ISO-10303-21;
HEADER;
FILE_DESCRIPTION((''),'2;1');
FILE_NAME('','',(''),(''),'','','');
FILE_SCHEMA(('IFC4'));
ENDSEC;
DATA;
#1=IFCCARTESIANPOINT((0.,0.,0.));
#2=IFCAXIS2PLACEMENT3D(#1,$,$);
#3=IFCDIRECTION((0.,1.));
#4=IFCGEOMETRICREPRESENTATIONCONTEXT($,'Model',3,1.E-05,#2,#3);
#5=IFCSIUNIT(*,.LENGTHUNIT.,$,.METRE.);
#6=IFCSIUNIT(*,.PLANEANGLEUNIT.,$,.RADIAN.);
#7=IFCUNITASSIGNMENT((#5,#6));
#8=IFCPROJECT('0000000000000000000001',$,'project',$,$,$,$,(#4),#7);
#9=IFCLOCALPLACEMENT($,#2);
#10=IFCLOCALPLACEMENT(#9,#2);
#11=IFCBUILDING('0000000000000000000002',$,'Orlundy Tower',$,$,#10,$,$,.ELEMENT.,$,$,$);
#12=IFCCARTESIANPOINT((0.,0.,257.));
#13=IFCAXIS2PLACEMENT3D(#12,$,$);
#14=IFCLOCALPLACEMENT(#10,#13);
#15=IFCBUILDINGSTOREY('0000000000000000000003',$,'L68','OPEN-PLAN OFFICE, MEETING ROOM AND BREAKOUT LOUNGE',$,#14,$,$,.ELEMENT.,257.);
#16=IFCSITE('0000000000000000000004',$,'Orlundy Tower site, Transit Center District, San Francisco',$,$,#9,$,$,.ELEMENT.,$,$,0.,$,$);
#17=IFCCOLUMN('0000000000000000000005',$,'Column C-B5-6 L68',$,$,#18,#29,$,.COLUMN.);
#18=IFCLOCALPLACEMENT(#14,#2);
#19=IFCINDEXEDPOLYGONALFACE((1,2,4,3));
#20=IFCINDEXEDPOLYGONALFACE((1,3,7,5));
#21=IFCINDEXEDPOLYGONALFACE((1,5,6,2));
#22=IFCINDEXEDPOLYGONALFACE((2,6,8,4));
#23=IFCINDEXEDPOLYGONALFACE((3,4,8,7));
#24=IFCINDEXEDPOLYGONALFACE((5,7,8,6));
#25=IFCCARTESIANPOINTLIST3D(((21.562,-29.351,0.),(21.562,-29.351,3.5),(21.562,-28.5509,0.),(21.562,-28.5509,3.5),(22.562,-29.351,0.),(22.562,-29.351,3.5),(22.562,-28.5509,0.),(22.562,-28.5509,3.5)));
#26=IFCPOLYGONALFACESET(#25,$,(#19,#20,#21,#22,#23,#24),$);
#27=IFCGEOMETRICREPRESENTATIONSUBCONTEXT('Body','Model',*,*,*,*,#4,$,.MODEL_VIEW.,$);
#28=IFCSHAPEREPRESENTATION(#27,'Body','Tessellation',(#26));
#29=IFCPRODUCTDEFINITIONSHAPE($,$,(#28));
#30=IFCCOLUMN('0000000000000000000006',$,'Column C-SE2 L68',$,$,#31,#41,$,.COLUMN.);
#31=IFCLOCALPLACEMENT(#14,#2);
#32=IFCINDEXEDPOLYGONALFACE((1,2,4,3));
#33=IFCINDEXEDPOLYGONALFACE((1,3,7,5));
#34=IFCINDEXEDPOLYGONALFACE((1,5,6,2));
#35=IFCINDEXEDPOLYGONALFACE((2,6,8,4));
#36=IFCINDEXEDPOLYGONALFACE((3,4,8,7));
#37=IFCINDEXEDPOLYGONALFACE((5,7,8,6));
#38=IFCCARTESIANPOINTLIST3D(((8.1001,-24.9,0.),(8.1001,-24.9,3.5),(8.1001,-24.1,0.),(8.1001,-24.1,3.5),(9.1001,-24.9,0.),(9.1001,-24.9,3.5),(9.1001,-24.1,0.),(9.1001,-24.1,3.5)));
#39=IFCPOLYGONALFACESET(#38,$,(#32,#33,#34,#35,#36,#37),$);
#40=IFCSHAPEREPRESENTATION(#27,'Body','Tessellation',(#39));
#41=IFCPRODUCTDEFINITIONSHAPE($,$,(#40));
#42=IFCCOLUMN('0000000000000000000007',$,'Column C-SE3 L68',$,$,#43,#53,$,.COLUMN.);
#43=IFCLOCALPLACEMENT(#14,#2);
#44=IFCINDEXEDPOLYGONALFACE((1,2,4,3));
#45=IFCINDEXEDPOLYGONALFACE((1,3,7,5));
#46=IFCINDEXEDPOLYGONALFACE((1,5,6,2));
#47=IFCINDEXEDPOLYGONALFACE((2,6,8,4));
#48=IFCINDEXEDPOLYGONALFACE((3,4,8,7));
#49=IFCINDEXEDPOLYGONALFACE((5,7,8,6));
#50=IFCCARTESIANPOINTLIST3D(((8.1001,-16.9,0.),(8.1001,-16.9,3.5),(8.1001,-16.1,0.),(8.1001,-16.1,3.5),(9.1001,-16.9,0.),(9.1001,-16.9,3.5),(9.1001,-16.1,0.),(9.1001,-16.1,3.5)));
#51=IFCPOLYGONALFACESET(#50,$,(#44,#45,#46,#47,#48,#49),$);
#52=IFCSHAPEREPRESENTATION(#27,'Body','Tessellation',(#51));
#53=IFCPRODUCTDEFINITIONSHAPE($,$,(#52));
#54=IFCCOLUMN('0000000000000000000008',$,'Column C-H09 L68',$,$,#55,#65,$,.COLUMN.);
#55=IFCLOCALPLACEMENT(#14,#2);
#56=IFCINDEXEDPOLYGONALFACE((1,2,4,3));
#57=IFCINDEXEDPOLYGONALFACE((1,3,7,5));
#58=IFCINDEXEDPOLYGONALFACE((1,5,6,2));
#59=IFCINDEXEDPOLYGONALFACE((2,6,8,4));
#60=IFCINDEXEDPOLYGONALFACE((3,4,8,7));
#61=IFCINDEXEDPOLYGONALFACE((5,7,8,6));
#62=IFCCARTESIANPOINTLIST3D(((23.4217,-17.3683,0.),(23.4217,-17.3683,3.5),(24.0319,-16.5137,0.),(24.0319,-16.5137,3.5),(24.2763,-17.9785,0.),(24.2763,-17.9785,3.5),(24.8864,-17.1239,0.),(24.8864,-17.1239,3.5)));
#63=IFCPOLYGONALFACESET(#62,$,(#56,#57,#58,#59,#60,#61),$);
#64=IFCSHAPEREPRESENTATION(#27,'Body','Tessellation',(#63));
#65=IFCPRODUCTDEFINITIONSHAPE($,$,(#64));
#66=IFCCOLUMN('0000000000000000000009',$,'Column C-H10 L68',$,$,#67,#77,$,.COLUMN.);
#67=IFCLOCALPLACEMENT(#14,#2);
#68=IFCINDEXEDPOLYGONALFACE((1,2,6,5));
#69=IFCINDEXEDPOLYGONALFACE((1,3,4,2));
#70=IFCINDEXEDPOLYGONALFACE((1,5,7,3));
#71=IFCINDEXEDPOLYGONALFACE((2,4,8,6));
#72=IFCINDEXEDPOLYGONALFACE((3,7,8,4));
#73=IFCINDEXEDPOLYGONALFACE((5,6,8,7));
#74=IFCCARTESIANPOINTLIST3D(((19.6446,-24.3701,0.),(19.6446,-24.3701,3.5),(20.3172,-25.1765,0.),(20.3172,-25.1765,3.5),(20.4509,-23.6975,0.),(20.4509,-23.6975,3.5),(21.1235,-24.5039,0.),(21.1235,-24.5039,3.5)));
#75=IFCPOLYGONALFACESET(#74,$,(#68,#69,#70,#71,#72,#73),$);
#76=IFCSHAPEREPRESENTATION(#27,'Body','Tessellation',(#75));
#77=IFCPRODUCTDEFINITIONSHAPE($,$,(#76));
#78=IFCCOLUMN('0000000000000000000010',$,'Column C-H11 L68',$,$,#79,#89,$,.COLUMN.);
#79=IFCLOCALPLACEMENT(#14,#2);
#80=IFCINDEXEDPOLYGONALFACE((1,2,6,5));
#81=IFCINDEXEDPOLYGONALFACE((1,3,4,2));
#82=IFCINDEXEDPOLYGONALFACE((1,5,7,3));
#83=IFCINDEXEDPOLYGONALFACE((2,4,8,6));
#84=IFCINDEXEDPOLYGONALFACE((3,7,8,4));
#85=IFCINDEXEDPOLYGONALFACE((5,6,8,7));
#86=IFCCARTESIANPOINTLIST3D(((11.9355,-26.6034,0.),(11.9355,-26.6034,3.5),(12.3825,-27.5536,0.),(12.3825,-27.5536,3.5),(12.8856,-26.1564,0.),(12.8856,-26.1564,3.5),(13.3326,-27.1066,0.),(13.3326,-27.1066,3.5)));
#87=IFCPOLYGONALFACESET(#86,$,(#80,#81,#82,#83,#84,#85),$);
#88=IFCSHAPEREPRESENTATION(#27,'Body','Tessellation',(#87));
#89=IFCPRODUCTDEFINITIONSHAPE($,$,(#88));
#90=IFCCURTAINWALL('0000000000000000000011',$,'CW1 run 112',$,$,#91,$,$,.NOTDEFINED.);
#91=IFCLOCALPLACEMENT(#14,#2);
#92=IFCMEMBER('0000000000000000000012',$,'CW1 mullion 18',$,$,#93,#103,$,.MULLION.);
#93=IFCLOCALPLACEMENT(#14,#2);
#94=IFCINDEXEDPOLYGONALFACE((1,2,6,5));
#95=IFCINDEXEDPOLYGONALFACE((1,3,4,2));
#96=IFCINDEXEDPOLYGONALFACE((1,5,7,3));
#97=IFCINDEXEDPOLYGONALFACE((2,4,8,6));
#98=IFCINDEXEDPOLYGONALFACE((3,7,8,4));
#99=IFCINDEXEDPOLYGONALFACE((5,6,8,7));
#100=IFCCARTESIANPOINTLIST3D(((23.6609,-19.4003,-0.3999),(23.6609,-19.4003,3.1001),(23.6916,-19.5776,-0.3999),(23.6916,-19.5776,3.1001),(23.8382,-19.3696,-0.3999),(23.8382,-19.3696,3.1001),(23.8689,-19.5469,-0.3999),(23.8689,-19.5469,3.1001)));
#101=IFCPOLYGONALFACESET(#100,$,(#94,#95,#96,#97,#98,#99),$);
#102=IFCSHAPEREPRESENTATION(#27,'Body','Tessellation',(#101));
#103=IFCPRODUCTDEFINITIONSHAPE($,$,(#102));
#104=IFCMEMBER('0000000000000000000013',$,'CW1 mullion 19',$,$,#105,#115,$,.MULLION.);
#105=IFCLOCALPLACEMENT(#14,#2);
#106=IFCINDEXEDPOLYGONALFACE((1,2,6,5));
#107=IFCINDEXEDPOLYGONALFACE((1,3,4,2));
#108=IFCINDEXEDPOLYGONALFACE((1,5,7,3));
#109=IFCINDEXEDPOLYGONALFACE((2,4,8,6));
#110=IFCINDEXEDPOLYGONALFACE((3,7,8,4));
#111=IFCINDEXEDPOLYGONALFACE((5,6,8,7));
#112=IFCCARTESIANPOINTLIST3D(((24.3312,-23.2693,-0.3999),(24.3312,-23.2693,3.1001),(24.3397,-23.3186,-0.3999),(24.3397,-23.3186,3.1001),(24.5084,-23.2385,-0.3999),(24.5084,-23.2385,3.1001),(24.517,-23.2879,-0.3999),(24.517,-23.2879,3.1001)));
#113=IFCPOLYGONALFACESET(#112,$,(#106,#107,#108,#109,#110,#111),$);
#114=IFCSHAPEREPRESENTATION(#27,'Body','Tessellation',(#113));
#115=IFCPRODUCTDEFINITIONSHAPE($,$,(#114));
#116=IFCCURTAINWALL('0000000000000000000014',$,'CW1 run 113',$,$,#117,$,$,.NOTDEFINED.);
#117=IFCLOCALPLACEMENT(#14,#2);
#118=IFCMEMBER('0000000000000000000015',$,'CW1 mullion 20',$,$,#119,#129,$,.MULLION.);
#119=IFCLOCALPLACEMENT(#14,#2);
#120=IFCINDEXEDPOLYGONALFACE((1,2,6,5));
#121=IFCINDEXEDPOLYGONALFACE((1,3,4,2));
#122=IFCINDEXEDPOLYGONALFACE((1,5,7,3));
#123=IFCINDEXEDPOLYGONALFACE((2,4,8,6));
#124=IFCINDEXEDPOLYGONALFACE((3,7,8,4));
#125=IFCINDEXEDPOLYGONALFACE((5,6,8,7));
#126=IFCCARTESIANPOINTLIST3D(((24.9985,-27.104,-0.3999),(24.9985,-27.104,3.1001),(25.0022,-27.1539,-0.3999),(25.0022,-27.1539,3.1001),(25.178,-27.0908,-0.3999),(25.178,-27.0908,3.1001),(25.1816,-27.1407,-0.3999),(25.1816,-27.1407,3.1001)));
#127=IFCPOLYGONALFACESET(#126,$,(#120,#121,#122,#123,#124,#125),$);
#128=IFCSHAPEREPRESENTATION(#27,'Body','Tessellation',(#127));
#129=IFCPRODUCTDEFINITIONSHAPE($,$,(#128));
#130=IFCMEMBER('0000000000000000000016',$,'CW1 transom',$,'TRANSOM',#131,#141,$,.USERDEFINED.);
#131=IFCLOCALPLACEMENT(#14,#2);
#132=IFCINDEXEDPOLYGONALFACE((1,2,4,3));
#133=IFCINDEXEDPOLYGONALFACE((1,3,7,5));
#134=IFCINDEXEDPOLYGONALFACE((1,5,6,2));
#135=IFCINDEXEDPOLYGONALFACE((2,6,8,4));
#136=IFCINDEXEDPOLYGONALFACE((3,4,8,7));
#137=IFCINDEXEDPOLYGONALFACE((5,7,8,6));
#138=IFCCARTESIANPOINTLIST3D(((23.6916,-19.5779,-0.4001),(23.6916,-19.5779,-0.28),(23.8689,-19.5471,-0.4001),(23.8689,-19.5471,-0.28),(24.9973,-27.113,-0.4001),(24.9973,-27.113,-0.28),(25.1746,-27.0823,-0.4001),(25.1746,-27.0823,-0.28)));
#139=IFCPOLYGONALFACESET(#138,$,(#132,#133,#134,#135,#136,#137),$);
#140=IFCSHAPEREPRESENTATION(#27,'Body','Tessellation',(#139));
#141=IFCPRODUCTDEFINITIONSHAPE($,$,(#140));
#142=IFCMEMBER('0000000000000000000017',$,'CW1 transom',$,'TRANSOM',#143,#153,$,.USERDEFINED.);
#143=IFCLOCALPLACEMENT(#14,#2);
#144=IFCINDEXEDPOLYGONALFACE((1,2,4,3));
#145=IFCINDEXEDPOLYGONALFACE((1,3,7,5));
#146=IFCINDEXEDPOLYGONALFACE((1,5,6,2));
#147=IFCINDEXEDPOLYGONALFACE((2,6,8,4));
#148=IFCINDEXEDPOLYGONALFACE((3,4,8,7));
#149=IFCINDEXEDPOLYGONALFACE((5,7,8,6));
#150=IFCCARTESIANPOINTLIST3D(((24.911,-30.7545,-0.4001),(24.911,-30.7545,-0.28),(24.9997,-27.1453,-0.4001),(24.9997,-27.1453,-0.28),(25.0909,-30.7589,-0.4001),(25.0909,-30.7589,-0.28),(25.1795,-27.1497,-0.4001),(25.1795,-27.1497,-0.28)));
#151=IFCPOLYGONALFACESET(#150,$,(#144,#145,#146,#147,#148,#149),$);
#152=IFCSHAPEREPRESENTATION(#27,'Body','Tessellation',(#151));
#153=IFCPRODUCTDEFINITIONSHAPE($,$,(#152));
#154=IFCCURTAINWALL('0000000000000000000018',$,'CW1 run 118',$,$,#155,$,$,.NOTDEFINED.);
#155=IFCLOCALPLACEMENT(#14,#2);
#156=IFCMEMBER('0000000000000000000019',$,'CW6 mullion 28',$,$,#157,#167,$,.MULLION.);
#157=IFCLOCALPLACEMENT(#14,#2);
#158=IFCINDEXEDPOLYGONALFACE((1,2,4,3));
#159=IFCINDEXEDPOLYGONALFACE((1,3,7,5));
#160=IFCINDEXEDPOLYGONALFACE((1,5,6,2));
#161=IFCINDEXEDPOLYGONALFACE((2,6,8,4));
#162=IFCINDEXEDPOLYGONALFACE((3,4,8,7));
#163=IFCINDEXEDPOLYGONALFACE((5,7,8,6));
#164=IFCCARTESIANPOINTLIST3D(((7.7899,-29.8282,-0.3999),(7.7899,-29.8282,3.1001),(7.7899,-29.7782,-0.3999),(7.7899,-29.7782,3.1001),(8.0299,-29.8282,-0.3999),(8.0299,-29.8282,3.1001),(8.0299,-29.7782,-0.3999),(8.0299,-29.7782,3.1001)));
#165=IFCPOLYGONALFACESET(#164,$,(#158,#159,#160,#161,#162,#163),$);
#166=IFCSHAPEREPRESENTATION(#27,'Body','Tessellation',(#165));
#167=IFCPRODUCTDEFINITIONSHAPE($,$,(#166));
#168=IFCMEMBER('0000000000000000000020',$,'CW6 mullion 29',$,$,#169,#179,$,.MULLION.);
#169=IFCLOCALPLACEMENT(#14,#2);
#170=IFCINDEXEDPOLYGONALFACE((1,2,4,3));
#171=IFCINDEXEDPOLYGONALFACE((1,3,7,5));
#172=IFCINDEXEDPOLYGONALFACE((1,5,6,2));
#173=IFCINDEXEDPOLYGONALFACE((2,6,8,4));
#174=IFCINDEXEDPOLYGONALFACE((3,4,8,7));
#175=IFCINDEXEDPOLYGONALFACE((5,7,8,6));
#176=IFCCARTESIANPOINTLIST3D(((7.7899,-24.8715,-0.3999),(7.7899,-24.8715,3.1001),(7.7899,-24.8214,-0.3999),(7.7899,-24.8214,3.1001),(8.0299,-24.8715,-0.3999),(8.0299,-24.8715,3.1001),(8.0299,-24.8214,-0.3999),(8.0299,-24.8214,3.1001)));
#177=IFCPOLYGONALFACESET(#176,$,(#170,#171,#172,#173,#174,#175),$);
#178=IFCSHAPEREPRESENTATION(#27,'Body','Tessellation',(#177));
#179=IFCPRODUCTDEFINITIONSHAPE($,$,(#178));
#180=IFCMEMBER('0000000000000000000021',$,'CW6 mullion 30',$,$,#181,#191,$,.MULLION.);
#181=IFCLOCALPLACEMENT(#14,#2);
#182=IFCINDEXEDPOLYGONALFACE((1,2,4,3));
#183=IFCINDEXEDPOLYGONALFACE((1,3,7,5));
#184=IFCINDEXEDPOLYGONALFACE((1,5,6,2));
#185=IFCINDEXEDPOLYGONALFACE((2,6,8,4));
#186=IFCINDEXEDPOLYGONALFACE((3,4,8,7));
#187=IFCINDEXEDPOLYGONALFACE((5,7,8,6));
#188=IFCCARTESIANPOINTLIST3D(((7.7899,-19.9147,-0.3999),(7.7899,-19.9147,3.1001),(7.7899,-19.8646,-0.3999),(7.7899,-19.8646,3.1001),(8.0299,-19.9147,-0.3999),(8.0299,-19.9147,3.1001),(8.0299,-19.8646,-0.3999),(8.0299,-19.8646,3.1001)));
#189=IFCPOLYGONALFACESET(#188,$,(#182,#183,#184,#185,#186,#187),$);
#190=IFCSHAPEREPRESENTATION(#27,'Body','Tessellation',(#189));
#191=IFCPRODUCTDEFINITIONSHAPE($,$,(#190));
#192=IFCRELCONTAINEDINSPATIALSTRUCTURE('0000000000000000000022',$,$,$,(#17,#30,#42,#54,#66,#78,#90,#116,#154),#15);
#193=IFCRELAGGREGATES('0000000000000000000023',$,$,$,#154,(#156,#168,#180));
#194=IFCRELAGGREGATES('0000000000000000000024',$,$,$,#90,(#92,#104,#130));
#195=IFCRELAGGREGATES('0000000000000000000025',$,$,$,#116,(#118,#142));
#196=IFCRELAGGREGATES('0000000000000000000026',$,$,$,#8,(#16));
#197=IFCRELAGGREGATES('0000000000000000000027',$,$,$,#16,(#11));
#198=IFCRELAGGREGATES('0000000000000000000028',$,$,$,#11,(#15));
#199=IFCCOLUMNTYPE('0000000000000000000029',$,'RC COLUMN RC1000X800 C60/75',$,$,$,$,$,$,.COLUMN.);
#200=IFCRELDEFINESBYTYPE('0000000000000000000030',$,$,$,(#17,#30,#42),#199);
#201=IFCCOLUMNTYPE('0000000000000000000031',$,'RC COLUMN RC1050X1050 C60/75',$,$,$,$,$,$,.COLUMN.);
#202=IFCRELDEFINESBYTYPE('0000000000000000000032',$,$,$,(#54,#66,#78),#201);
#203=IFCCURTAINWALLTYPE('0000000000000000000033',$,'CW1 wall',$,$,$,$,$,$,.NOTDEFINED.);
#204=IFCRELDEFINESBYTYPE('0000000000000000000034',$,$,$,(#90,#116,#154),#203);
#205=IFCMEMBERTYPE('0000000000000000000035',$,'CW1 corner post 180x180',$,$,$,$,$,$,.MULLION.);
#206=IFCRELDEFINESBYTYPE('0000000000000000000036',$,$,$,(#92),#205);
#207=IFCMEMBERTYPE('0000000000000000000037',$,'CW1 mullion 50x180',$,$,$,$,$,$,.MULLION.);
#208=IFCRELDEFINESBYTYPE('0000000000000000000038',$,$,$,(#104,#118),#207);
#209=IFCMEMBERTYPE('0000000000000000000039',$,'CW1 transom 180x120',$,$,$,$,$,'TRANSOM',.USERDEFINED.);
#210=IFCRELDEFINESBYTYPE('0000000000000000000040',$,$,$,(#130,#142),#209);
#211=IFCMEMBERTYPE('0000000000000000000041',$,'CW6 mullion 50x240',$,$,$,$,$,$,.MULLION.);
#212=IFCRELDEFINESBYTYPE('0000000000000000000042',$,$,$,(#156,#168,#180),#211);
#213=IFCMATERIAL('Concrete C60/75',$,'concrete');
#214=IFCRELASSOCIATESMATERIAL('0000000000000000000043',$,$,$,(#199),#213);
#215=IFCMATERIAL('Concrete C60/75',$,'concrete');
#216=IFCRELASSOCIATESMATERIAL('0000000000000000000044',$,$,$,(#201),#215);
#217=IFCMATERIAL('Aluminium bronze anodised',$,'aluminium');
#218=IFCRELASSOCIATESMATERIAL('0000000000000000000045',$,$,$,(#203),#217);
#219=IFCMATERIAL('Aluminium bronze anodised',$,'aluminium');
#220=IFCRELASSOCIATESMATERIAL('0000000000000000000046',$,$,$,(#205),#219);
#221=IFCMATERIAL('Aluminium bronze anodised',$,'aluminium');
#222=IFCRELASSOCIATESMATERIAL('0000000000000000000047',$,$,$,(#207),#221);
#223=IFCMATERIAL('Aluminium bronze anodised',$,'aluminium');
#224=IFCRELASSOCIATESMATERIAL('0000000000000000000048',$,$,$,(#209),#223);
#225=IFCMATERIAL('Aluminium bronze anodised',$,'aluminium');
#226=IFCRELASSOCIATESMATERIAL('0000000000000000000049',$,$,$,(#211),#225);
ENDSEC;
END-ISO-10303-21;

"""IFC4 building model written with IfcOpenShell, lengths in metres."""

from ifc_helpers import new_model, si_unit, direction, frame, origin, origin_2d, place, context, subcontext, project, spatial, rectangle, extrude, material, material_profile, profile_set, type_object, element, aggregate, save


model = new_model("IFC4")

# Units and contexts
model_context = context("Model", 3, precision=1e-05, world=origin(), true_north=direction((0.0, 1.0)))
body_context = subcontext(model_context, "Body", "Model", "MODEL_VIEW")
ifc_project = project(units=[si_unit("LENGTHUNIT", "METRE"), si_unit("PLANEANGLEUNIT", "RADIAN")], contexts=[model_context])

# Site, building, storey
site_placement = place(None, origin())
site = spatial("IfcSite", under=ifc_project, at=site_placement, Name="Orlundy Tower site, Transit Center District, San Francisco", CompositionType="ELEMENT", RefElevation=0.0)
building_placement = place(site_placement, origin())
building = spatial("IfcBuilding", under=site, at=building_placement, Name="Orlundy Tower", CompositionType="ELEMENT")
storey_placement = place(building_placement, frame((0.0, 0.0, 257.0)))
storey = spatial("IfcBuildingStorey", under=building, at=storey_placement, Name="L68", Description="OPEN-PLAN OFFICE, MEETING ROOM AND BREAKOUT LOUNGE", CompositionType="ELEMENT", Elevation=257.0)

# Columns
ifc_material_1 = material(Name="Concrete C60/75", Category="concrete")
ifc_material_profile_1 = material_profile(ifc_material_1, rectangle(XDim=1.0, YDim=0.8, at=origin_2d()), Name="RC1000X800")
ifc_profile_set_1 = profile_set([ifc_material_profile_1], Name="Concrete C60/75")
column_type_1 = type_object("IfcColumnType", Name="RC COLUMN RC1000X800 C60/75", PredefinedType="COLUMN", material=ifc_profile_set_1)
for number, where, z_axis, x_axis, name in (
    (1, (22.062, -28.9509, 0.0), (0.0, 0.0, 1.0), (1.0, 0.0, 0.0), "Column C-B5-6 L68"),
    (2, (8.6001, -24.5, 0.0), (0.0, 0.0, 1.0), (1.0, 0.0, 0.0), "Column C-SE2 L68"),
    (3, (8.6001, -16.5, 0.0), (0.0, 0.0, 1.0), (1.0, 0.0, 0.0), "Column C-SE3 L68"),
):
    element("IfcColumn", number, at=place(storey_placement, frame(where, z_axis=z_axis, x_axis=x_axis)), inside=storey, type_object=column_type_1, Name=name, PredefinedType="COLUMN", context=body_context, shape_type="SweptSolid", body=[
        extrude(rectangle(XDim=1.0, YDim=0.8, at=origin_2d()), origin(), (0.0, 0.0, 1.0), 3.5),
    ])
ifc_material_2 = material(Name="Concrete C60/75", Category="concrete")
ifc_material_profile_2 = material_profile(ifc_material_2, rectangle(XDim=1.05, YDim=1.05, at=origin_2d()), Name="RC1050X1050")
ifc_profile_set_2 = profile_set([ifc_material_profile_2], Name="Concrete C60/75")
column_type_2 = type_object("IfcColumnType", Name="RC COLUMN RC1050X1050 C60/75", PredefinedType="COLUMN", material=ifc_profile_set_2)
for number, where, z_axis, x_axis, name in (
    (4, (24.1541, -17.2461, 0.0), (0.0, 0.0, 1.0), (0.813842, -0.581087, 0.0), "Column C-H09 L68"),
    (5, (20.384, -24.437, 0.0), (0.0, 0.0, 1.0), (0.640552, -0.767915, 0.0), "Column C-H10 L68"),
    (6, (12.634, -26.855, 0.0), (0.0, 0.0, 1.0), (0.4257, -0.904864, 0.0), "Column C-H11 L68"),
):
    element("IfcColumn", number, at=place(storey_placement, frame(where, z_axis=z_axis, x_axis=x_axis)), inside=storey, type_object=column_type_2, Name=name, PredefinedType="COLUMN", context=body_context, shape_type="SweptSolid", body=[
        extrude(rectangle(XDim=1.05, YDim=1.05, at=origin_2d()), origin(), (0.0, 0.0, 1.0), 3.5),
    ])

# Curtain wall, members
ifc_material_3 = material(Name="Aluminium bronze anodised", Category="aluminium")
curtain_wall_type = type_object("IfcCurtainWallType", Name="CW1 wall", PredefinedType="NOTDEFINED", material=ifc_material_3)
curtain_wall_1_placement = place(storey_placement, origin())
curtain_wall_1 = element("IfcCurtainWall", 7, at=curtain_wall_1_placement, inside=storey, type_object=curtain_wall_type, Name="CW1 run 112", PredefinedType="NOTDEFINED")
ifc_material_4 = material(Name="Aluminium bronze anodised", Category="aluminium")
ifc_material_profile_3 = material_profile(ifc_material_4, rectangle(XDim=0.1799, YDim=0.1799, at=origin_2d()), Name="CW1 corner post 180x180")
ifc_profile_set_3 = profile_set([ifc_material_profile_3], Name="Aluminium bronze anodised")
member_type_1 = type_object("IfcMemberType", Name="CW1 corner post 180x180", PredefinedType="MULLION", material=ifc_profile_set_3)
member_1_placement = place(storey_placement, frame((23.7649, -19.4736, -0.3999), z_axis=(0.0, 0.0, 1.0), x_axis=(0.985318, 0.170729, 0.0)))
member_1 = element("IfcMember", 8, at=member_1_placement, type_object=member_type_1, Name="CW1 mullion 18", PredefinedType="MULLION", context=body_context, shape_type="SweptSolid", body=[
    extrude(rectangle(XDim=0.1799, YDim=0.1799, at=origin_2d()), origin(), (0.0, 0.0, 1.0), 3.5),
])
ifc_material_5 = material(Name="Aluminium bronze anodised", Category="aluminium")
ifc_material_profile_4 = material_profile(ifc_material_5, rectangle(XDim=0.1799, YDim=0.05, at=origin_2d()), Name="CW1 mullion 50x180")
ifc_profile_set_4 = profile_set([ifc_material_profile_4], Name="Aluminium bronze anodised")
member_type_2 = type_object("IfcMemberType", Name="CW1 mullion 50x180", PredefinedType="MULLION", material=ifc_profile_set_4)
member_2_placement = place(storey_placement, frame((24.4241, -23.2786, -0.3999), z_axis=(0.0, 0.0, 1.0), x_axis=(0.985318, 0.170729, 0.0)))
member_2 = element("IfcMember", 9, at=member_2_placement, type_object=member_type_2, Name="CW1 mullion 19", PredefinedType="MULLION", context=body_context, shape_type="SweptSolid", body=[
    extrude(rectangle(XDim=0.1799, YDim=0.05, at=origin_2d()), origin(), (0.0, 0.0, 1.0), 3.5),
])

# Curtain wall, member
curtain_wall_2_placement = place(storey_placement, origin())
curtain_wall_2 = element("IfcCurtainWall", 10, at=curtain_wall_2_placement, inside=storey, type_object=curtain_wall_type, Name="CW1 run 113", PredefinedType="NOTDEFINED")
member_3_placement = place(storey_placement, frame((25.0901, -27.1223, -0.3999), z_axis=(0.0, 0.0, 1.0), x_axis=(0.9973, 0.07344, 0.0)))
member_3 = element("IfcMember", 11, at=member_3_placement, type_object=member_type_2, Name="CW1 mullion 20", PredefinedType="MULLION", context=body_context, shape_type="SweptSolid", body=[
    extrude(rectangle(XDim=0.1799, YDim=0.05, at=origin_2d()), origin(), (0.0, 0.0, 1.0), 3.5),
])

# Members
ifc_material_6 = material(Name="Aluminium bronze anodised", Category="aluminium")
ifc_material_profile_5 = material_profile(ifc_material_6, rectangle(XDim=0.1799, YDim=0.1201, at=origin_2d()), Name="CW1 transom 180x120")
ifc_profile_set_5 = profile_set([ifc_material_profile_5], Name="Aluminium bronze anodised")
member_type_3 = type_object("IfcMemberType", Name="CW1 transom 180x120", ElementType="TRANSOM", PredefinedType="USERDEFINED", material=ifc_profile_set_5)
member_4_placement = place(storey_placement, frame((23.7803, -19.5625, -0.3401), z_axis=(0.170732, -0.985317, 0.0), x_axis=(0.985317, 0.170732, 0.0)))
member_4 = element("IfcMember", 12, at=member_4_placement, type_object=member_type_3, Name="CW1 transom", ObjectType="TRANSOM", PredefinedType="USERDEFINED", context=body_context, shape_type="SweptSolid", body=[
    extrude(rectangle(XDim=0.1799, YDim=0.1201, at=origin_2d()), origin(), (0.0, 0.0, 1.0), 7.6475),
])
member_5_placement = place(storey_placement, frame((25.0896, -27.1475, -0.3401), z_axis=(-0.024546, -0.999699, 0.0), x_axis=(0.999699, -0.024546, 0.0)))
member_5 = element("IfcMember", 13, at=member_5_placement, type_object=member_type_3, Name="CW1 transom", ObjectType="TRANSOM", PredefinedType="USERDEFINED", context=body_context, shape_type="SweptSolid", body=[
    extrude(rectangle(XDim=0.1799, YDim=0.1201, at=origin_2d()), origin(), (0.0, 0.0, 1.0), 3.6104),
])

# Curtain wall, members
curtain_wall_3_placement = place(storey_placement, origin())
curtain_wall_3 = element("IfcCurtainWall", 14, at=curtain_wall_3_placement, inside=storey, type_object=curtain_wall_type, Name="CW1 run 118", PredefinedType="NOTDEFINED")
ifc_material_7 = material(Name="Aluminium bronze anodised", Category="aluminium")
ifc_material_profile_6 = material_profile(ifc_material_7, rectangle(XDim=0.24, YDim=0.05, at=origin_2d()), Name="CW6 mullion 50x240")
ifc_profile_set_6 = profile_set([ifc_material_profile_6], Name="Aluminium bronze anodised")
member_type_4 = type_object("IfcMemberType", Name="CW6 mullion 50x240", PredefinedType="MULLION", material=ifc_profile_set_6)
member_6_placement = place(storey_placement, frame((7.9099, -29.8032, -0.3999), z_axis=(0.0, 0.0, 1.0), x_axis=(-1.0, 0.0, 0.0)))
member_6 = element("IfcMember", 15, at=member_6_placement, type_object=member_type_4, Name="CW6 mullion 28", PredefinedType="MULLION", context=body_context, shape_type="SweptSolid", body=[
    extrude(rectangle(XDim=0.24, YDim=0.05, at=origin_2d()), origin(), (0.0, 0.0, 1.0), 3.5),
])
member_7_placement = place(storey_placement, frame((7.9099, -24.8464, -0.3999), z_axis=(0.0, 0.0, 1.0), x_axis=(-1.0, 0.0, 0.0)))
member_7 = element("IfcMember", 16, at=member_7_placement, type_object=member_type_4, Name="CW6 mullion 29", PredefinedType="MULLION", context=body_context, shape_type="SweptSolid", body=[
    extrude(rectangle(XDim=0.24, YDim=0.05, at=origin_2d()), origin(), (0.0, 0.0, 1.0), 3.5),
])
member_8_placement = place(storey_placement, frame((7.9099, -19.8896, -0.3999), z_axis=(0.0, 0.0, 1.0), x_axis=(-1.0, 0.0, 0.0)))
member_8 = element("IfcMember", 17, at=member_8_placement, type_object=member_type_4, Name="CW6 mullion 30", PredefinedType="MULLION", context=body_context, shape_type="SweptSolid", body=[
    extrude(rectangle(XDim=0.24, YDim=0.05, at=origin_2d()), origin(), (0.0, 0.0, 1.0), 3.5),
])
aggregate(curtain_wall_3, [member_6, member_7, member_8])

aggregate(curtain_wall_1, [member_1, member_2, member_4])
aggregate(curtain_wall_2, [member_3, member_5])

save(model, "model.ifc")
